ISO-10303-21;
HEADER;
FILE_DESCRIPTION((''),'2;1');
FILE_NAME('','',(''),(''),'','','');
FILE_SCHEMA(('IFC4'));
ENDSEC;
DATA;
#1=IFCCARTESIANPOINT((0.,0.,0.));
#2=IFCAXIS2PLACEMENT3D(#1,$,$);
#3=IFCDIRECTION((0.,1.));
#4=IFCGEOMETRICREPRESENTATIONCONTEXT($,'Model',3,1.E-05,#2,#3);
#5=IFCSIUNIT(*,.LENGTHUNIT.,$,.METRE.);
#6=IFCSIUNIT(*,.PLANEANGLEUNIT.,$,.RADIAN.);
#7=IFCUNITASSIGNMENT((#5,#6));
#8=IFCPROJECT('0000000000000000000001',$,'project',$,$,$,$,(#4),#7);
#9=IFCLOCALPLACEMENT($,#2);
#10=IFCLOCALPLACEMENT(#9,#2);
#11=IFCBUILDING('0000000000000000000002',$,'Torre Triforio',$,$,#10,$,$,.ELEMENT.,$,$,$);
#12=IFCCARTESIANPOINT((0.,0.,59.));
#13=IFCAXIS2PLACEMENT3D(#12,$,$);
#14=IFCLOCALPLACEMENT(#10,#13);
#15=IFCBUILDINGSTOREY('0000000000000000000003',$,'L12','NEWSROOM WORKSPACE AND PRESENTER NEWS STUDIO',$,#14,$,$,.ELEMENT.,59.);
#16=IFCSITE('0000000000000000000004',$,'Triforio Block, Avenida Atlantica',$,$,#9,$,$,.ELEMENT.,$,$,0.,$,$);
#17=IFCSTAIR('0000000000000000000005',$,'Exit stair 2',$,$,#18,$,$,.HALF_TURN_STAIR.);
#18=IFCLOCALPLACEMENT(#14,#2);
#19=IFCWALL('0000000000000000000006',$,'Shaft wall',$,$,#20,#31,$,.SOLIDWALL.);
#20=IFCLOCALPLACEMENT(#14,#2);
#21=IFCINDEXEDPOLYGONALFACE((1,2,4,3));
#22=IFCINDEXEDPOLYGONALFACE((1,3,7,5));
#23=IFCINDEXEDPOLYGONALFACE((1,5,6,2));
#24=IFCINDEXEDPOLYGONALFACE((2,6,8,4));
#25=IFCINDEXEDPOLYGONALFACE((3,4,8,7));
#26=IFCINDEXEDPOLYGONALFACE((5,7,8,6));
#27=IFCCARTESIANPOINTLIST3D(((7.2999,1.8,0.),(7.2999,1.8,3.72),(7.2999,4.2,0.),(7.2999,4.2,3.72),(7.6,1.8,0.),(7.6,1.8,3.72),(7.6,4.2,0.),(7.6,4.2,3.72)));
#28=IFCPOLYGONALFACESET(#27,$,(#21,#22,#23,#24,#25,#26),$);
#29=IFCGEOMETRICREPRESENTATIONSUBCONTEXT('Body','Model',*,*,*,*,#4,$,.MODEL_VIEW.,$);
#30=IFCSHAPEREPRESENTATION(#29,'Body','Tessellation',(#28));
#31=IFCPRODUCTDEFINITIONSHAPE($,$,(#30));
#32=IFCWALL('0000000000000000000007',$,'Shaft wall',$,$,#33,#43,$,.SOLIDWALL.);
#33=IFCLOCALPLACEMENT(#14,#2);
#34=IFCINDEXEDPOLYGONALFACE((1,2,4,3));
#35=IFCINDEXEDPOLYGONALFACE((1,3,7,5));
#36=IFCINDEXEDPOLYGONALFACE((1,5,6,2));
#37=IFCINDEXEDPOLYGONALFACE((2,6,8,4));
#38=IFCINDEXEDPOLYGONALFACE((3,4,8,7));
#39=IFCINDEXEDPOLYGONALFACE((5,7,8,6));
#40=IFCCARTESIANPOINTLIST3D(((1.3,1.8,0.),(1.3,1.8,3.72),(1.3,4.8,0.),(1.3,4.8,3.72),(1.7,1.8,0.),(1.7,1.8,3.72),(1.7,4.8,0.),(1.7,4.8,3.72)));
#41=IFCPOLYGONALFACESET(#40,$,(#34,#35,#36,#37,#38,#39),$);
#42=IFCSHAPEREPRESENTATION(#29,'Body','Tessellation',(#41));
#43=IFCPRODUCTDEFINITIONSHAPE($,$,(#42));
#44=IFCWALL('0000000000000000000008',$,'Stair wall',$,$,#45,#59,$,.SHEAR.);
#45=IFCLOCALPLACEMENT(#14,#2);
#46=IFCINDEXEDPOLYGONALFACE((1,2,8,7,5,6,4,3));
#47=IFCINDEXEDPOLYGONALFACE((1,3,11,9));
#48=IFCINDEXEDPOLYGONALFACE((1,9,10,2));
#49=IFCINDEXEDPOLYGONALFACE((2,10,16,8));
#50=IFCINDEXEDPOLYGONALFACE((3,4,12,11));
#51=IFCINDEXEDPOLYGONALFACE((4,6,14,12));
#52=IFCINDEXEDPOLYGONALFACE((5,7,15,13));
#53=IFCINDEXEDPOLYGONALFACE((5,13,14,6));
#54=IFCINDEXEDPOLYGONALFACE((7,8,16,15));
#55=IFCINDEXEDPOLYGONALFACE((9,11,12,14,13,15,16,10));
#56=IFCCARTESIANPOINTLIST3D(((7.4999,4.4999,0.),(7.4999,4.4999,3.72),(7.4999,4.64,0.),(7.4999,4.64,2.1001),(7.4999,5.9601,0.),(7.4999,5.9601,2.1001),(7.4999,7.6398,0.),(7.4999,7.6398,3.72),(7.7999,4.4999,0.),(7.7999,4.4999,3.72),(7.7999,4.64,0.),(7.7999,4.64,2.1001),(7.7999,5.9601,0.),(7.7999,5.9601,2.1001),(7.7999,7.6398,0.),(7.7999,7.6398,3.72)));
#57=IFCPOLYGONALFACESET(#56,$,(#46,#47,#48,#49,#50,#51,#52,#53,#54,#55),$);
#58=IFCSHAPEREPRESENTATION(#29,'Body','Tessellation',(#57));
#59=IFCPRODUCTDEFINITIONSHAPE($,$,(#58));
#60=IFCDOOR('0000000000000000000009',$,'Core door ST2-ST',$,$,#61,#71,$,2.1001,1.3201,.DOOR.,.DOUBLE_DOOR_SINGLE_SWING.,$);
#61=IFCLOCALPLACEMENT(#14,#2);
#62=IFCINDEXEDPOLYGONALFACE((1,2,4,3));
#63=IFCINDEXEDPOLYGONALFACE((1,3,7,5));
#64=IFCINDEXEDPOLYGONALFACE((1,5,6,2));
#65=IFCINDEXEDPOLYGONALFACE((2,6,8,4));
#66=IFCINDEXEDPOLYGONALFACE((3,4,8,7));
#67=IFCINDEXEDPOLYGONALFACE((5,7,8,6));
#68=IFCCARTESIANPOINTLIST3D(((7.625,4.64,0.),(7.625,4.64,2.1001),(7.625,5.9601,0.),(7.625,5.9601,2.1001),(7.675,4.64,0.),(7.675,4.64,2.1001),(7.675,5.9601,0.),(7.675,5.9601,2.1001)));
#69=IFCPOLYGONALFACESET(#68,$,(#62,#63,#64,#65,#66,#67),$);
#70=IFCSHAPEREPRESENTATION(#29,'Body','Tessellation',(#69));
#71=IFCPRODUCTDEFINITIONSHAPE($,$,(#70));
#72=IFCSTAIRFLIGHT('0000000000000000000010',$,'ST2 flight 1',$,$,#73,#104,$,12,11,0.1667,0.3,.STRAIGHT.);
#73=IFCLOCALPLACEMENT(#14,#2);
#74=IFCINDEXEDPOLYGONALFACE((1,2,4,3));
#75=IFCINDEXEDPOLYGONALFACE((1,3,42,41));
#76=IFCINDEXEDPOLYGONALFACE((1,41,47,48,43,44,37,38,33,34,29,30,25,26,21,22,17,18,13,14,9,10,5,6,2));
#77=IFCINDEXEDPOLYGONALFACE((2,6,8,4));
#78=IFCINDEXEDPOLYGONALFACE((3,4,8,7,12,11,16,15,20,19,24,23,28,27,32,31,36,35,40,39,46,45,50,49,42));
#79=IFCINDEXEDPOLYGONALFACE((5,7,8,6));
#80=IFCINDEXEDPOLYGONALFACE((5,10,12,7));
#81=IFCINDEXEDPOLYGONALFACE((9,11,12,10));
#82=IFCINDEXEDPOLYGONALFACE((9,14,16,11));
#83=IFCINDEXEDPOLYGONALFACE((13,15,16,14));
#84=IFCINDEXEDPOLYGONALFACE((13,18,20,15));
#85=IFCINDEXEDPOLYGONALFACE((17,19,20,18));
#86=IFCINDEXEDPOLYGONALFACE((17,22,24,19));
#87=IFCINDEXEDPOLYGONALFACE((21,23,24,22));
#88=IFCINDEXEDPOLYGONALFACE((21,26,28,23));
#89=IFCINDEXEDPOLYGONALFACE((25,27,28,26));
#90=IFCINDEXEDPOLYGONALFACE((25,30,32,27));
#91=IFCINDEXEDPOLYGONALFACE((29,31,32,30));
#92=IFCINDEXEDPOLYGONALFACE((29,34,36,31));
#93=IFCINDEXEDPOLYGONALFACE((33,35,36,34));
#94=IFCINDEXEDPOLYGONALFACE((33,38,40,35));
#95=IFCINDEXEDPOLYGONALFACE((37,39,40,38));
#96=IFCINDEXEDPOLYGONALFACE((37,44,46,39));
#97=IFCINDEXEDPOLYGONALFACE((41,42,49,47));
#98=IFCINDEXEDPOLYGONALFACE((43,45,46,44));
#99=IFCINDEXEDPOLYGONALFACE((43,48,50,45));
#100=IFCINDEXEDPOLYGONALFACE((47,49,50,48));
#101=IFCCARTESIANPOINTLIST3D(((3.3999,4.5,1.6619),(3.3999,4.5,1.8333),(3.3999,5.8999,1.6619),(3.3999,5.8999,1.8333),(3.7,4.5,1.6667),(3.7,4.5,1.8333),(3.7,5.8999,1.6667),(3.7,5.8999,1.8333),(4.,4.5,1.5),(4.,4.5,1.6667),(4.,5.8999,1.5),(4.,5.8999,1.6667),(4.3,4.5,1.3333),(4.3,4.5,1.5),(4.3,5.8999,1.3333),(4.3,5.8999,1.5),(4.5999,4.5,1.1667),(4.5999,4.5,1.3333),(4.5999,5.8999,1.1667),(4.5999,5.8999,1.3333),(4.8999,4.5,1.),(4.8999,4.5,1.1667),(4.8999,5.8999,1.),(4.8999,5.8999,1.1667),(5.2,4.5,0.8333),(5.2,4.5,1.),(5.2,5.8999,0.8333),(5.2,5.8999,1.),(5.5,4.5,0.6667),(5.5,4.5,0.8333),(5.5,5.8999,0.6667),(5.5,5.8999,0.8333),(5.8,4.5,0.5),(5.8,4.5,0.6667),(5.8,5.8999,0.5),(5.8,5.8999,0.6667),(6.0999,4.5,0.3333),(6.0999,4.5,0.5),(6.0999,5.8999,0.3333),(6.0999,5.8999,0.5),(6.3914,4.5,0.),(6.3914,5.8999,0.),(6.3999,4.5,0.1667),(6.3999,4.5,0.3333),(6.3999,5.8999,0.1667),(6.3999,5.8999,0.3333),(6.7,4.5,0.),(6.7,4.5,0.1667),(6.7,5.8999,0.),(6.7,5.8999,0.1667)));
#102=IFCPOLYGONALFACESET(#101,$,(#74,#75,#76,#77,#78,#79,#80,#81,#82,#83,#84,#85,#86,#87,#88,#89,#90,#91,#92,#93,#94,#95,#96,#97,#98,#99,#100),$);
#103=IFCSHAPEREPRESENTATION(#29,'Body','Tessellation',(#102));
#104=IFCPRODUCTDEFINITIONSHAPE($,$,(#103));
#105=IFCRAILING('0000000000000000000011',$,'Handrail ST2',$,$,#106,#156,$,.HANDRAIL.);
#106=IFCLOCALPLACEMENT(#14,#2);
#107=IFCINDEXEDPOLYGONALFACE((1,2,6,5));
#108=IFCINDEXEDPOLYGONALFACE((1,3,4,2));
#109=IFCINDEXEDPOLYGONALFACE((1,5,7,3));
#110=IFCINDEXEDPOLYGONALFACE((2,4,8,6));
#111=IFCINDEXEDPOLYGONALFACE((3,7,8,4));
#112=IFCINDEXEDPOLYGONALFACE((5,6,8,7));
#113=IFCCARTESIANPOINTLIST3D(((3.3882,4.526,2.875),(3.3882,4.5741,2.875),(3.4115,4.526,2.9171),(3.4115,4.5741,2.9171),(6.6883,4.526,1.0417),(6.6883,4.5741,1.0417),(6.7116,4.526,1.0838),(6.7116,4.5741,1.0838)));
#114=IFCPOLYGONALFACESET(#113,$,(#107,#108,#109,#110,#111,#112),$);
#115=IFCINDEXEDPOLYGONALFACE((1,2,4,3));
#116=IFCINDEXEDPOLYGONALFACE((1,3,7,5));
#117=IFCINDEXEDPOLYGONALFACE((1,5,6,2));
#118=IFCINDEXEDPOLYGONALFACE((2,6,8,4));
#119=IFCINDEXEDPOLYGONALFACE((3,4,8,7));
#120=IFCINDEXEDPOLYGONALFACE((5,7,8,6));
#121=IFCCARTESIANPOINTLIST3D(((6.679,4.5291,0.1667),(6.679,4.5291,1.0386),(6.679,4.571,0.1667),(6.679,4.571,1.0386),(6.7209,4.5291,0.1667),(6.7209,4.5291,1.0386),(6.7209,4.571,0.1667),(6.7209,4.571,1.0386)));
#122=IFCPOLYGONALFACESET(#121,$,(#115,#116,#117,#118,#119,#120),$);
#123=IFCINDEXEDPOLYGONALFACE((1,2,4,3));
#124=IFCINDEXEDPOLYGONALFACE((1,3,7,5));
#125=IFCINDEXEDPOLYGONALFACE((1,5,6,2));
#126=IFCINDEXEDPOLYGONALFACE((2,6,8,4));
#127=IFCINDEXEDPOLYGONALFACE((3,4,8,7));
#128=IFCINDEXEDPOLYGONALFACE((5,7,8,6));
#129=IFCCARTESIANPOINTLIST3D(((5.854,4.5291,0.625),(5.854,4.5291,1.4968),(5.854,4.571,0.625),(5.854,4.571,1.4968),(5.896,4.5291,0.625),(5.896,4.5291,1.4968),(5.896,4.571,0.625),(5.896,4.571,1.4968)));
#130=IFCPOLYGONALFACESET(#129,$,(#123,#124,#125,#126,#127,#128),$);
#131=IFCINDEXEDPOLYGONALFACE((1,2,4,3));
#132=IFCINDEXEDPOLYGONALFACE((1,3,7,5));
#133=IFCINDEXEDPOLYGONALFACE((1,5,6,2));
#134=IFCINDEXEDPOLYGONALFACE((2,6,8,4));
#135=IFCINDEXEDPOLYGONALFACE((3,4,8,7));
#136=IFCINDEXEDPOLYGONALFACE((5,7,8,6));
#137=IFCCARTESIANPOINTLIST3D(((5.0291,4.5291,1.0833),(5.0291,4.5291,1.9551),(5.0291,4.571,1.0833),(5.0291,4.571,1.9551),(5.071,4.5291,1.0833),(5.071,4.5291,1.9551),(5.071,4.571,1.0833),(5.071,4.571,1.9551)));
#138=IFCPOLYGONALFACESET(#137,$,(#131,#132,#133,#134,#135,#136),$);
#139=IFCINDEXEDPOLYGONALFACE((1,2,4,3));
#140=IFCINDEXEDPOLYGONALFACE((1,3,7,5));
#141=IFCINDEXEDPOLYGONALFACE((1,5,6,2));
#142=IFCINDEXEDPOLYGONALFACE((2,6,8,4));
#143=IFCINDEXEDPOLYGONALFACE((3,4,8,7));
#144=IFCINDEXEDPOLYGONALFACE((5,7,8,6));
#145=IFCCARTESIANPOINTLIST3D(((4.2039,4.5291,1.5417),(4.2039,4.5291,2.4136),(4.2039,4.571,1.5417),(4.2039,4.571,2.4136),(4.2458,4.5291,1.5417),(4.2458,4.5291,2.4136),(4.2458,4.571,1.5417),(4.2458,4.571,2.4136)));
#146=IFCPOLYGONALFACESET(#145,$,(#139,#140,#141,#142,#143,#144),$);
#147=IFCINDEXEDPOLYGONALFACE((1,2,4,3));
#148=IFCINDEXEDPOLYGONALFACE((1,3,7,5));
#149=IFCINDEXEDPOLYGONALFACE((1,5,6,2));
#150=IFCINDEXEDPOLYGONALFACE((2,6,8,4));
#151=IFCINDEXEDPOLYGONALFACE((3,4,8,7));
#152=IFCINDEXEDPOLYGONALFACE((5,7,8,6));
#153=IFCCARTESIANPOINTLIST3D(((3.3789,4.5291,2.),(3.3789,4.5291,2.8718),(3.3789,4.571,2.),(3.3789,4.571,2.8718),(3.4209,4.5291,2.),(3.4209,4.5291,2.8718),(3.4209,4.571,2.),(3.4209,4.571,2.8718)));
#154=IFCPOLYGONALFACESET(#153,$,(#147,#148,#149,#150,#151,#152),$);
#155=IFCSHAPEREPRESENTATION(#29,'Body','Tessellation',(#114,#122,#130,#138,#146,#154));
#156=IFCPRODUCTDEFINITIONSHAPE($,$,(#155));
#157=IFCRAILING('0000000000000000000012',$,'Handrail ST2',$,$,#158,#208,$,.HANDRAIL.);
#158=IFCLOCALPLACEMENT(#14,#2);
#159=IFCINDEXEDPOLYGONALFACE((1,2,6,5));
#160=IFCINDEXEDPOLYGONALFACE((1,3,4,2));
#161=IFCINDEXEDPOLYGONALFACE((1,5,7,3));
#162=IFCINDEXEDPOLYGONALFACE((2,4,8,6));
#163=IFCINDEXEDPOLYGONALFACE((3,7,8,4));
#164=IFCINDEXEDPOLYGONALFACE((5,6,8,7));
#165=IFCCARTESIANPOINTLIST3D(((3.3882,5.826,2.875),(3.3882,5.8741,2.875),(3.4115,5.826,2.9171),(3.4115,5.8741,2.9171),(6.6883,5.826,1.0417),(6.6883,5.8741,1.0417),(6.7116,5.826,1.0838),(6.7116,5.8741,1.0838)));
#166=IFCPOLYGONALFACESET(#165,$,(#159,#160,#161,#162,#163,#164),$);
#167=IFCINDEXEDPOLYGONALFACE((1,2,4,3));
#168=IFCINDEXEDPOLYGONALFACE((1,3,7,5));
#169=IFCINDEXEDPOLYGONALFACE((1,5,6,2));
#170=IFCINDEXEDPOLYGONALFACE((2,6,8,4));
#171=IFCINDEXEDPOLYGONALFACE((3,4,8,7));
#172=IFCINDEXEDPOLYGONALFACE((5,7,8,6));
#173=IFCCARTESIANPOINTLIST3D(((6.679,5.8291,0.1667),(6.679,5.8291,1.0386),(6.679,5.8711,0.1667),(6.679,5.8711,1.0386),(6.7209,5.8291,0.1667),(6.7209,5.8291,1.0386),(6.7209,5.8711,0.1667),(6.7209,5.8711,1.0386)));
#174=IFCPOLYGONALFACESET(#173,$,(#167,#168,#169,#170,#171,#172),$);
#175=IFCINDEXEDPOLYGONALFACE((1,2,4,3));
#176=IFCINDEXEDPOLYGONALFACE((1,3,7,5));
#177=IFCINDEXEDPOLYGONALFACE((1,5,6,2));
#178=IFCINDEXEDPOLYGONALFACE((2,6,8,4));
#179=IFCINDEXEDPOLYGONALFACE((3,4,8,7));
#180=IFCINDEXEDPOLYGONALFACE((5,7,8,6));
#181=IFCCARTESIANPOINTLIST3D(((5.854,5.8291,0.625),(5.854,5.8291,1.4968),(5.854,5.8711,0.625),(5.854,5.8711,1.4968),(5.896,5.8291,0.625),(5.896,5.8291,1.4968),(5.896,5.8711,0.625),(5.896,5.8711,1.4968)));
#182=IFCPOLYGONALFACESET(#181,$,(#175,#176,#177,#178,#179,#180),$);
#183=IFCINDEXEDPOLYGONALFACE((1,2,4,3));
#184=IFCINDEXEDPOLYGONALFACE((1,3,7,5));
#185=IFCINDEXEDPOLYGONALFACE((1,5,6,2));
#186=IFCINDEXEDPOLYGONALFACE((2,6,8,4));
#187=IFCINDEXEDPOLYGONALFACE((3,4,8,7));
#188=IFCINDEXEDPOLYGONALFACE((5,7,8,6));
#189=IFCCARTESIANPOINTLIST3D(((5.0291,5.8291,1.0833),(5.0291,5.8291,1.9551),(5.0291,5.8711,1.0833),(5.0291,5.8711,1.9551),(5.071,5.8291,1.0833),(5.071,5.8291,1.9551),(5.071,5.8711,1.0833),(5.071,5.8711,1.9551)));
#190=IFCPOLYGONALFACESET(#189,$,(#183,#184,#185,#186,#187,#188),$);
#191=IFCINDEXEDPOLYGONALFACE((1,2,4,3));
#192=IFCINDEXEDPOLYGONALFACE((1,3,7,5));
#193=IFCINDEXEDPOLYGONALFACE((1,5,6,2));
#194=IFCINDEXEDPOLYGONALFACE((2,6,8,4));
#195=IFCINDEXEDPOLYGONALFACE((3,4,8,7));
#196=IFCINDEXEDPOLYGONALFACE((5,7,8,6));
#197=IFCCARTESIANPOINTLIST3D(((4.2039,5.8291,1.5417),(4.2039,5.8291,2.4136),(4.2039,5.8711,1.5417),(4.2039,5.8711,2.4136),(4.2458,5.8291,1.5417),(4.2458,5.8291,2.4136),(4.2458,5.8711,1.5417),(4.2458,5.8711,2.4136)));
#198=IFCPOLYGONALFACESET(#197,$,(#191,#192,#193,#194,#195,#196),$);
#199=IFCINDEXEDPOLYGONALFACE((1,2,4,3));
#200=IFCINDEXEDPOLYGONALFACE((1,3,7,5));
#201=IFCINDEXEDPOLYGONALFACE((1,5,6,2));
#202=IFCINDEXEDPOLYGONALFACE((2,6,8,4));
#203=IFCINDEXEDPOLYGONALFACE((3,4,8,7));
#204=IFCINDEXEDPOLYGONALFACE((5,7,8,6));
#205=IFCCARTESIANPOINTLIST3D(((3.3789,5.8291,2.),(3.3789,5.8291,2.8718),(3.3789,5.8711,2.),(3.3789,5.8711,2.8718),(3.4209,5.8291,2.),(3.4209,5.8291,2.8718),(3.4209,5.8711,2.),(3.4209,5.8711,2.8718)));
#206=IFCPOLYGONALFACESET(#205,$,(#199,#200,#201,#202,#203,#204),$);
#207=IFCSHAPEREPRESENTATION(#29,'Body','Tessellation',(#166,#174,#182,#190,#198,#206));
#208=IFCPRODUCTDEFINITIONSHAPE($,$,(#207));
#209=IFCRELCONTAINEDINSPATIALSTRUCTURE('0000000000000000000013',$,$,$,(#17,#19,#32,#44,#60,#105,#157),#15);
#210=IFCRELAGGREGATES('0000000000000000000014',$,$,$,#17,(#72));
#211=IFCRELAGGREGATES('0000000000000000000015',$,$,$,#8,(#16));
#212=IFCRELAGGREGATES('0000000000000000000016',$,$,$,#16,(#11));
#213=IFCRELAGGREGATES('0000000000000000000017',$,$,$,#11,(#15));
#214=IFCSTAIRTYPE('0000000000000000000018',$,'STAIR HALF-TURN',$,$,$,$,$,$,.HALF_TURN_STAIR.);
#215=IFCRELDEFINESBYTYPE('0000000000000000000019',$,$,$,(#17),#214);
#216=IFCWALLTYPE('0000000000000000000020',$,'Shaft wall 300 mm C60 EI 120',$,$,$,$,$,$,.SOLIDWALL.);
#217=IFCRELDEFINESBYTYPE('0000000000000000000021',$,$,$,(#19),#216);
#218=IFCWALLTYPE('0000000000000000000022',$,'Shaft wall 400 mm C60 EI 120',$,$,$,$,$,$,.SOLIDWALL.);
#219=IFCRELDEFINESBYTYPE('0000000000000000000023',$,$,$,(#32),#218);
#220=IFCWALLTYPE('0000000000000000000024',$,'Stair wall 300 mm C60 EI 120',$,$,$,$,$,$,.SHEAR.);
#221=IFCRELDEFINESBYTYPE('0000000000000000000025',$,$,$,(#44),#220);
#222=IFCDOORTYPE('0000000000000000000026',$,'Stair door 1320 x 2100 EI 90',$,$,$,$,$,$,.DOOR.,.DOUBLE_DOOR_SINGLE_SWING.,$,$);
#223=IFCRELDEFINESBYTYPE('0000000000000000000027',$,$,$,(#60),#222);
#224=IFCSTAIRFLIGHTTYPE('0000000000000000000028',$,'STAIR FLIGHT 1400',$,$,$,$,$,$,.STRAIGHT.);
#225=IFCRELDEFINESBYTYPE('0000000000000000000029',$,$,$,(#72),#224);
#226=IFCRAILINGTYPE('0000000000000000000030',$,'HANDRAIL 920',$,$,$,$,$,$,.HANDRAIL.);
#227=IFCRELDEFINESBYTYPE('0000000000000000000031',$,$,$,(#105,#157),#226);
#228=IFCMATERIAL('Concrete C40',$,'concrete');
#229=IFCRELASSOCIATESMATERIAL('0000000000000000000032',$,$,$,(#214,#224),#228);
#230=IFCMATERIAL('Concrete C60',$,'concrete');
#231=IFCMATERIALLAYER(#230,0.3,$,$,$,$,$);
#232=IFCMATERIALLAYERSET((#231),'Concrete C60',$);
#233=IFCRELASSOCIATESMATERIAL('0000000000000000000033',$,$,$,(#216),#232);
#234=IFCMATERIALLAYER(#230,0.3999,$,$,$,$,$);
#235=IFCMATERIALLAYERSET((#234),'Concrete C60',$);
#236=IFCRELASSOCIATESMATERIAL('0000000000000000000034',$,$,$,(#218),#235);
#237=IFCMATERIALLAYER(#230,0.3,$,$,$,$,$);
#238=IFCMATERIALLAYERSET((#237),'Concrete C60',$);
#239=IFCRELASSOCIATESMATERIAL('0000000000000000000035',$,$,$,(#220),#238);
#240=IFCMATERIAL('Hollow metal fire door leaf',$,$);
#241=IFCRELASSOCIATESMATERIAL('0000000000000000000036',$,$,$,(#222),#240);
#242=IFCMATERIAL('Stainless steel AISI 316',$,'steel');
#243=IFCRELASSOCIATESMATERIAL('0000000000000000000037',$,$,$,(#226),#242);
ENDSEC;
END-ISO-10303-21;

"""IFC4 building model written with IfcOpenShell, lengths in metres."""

from ifc_helpers import new_model, si_unit, direction, frame, frame_2d, origin, origin_2d, place, context, subcontext, project, spatial, polyline, rectangle, outline, extrude, material, layer, layer_set, type_object, element, fill, aggregate, save


model = new_model("IFC4")

# Units and contexts
model_context = context("Model", 3, precision=1e-05, world=origin(), true_north=direction((0.0, 1.0)))
body_context = subcontext(model_context, "Body", "Model", "MODEL_VIEW")
ifc_project = project(units=[si_unit("LENGTHUNIT", "METRE"), si_unit("PLANEANGLEUNIT", "RADIAN")], contexts=[model_context])

# Site, building, storey
site_placement = place(None, origin())
site = spatial("IfcSite", under=ifc_project, at=site_placement, Name="Triforio Block, Avenida Atlantica", CompositionType="ELEMENT", RefElevation=0.0)
building_placement = place(site_placement, origin())
building = spatial("IfcBuilding", under=site, at=building_placement, Name="Torre Triforio", CompositionType="ELEMENT")
storey_placement = place(building_placement, frame((0.0, 0.0, 59.0)))
storey = spatial("IfcBuildingStorey", under=building, at=storey_placement, Name="L12", Description="NEWSROOM WORKSPACE AND PRESENTER NEWS STUDIO", CompositionType="ELEMENT", Elevation=59.0)

# Shared definitions
ifc_material_1 = material(Name="Concrete C60", Category="concrete")

# Stair
ifc_material_2 = material(Name="Concrete C40", Category="concrete")
stair_type = type_object("IfcStairType", Name="STAIR HALF-TURN", PredefinedType="HALF_TURN_STAIR", material=ifc_material_2)
stair_1_placement = place(storey_placement, origin())
stair_1 = element("IfcStair", 1, at=stair_1_placement, inside=storey, type_object=stair_type, Name="Exit stair 2", PredefinedType="HALF_TURN_STAIR")

# Walls
ifc_layer_1 = layer(ifc_material_1, 0.3)
ifc_layer_set_1 = layer_set([ifc_layer_1], Name="Concrete C60")
wall_type_1 = type_object("IfcWallType", Name="Shaft wall 300 mm C60 EI 120", PredefinedType="SOLIDWALL", material=ifc_layer_set_1)
for number, where, z_axis, x_axis, name in (
    (2, (7.45, 1.8, 0.0), (0.0, 0.0, 1.0), (0.0, 1.0, 0.0), "Shaft wall"),
):
    element("IfcWall", number, at=place(storey_placement, frame(where, z_axis=z_axis, x_axis=x_axis)), inside=storey, type_object=wall_type_1, Name=name, PredefinedType="SOLIDWALL", context=body_context, shape_type="SweptSolid", body=[
        extrude(rectangle(XDim=2.3999, YDim=0.3, at=frame_2d((1.2, 0.0))), origin(), (0.0, 0.0, 1.0), 3.72),
    ])
ifc_layer_2 = layer(ifc_material_1, 0.3999)
ifc_layer_set_2 = layer_set([ifc_layer_2], Name="Concrete C60")
wall_type_2 = type_object("IfcWallType", Name="Shaft wall 400 mm C60 EI 120", PredefinedType="SOLIDWALL", material=ifc_layer_set_2)
wall_1_placement = place(storey_placement, frame((1.5, 1.8, 0.0), z_axis=(0.0, 0.0, 1.0), x_axis=(0.0, 1.0, 0.0)))
element("IfcWall", 3, at=wall_1_placement, inside=storey, type_object=wall_type_2, Name="Shaft wall", PredefinedType="SOLIDWALL", context=body_context, shape_type="SweptSolid", body=[
    extrude(rectangle(XDim=3.0, YDim=0.3999, at=frame_2d((1.5, 0.0))), origin(), (0.0, 0.0, 1.0), 3.72),
])

# Wall, opening, door
ifc_layer_3 = layer(ifc_material_1, 0.3)
ifc_layer_set_3 = layer_set([ifc_layer_3], Name="Concrete C60")
wall_type_3 = type_object("IfcWallType", Name="Stair wall 300 mm C60 EI 120", PredefinedType="SHEAR", material=ifc_layer_set_3)
wall_2_placement = place(storey_placement, frame((7.6499, 4.5, 0.0), z_axis=(0.0, 0.0, 1.0), x_axis=(0.0, 1.0, 0.0)))
wall_2 = element("IfcWall", 4, at=wall_2_placement, inside=storey, type_object=wall_type_3, Name="Stair wall", PredefinedType="SHEAR", context=body_context, shape_type="SweptSolid", body=[
    extrude(rectangle(XDim=3.1399, YDim=0.3, at=frame_2d((1.5698, 0.0))), origin(), (0.0, 0.0, 1.0), 3.72),
])
opening_placement = place(wall_2_placement, frame((0.1399, 0.0, 0.0)))
opening = element("IfcOpeningElement", 5, at=opening_placement, cuts=wall_2, PredefinedType="OPENING", context=body_context, shape_type="SweptSolid", body=[
    extrude(rectangle(XDim=1.3201, YDim=2.1001, at=frame_2d((0.6602, 1.05))), frame((0.0, 0.1599, 0.0), z_axis=(0.0, -1.0, 0.0), x_axis=(1.0, 0.0, 0.0)), (0.0, 0.0, 1.0), 0.3201),
])
ifc_material_3 = material(Name="Hollow metal fire door leaf")
door_type = type_object("IfcDoorType", Name="Stair door 1320 x 2100 EI 90", OperationType="DOUBLE_DOOR_SINGLE_SWING", PredefinedType="DOOR", material=ifc_material_3)
door_placement = place(opening_placement, origin())
door = element("IfcDoor", 6, at=door_placement, inside=storey, type_object=door_type, Name="Core door ST2-ST", OperationType="DOUBLE_DOOR_SINGLE_SWING", OverallHeight=2.1001, OverallWidth=1.3201, PredefinedType="DOOR", context=body_context, shape_type="SweptSolid", body=[
    extrude(rectangle(XDim=1.3201, YDim=2.1001, at=frame_2d((0.6602, 1.05))), frame((0.0, 0.0249, 0.0), z_axis=(0.0, -1.0, 0.0), x_axis=(1.0, 0.0, 0.0)), (0.0, 0.0, 1.0), 0.05),
])
fill(opening, door)

# Stair flight
stair_flight_type = type_object("IfcStairFlightType", Name="STAIR FLIGHT 1400", PredefinedType="STRAIGHT", material=ifc_material_2)
stair_flight_placement = place(storey_placement, frame((6.7, 5.2, 0.0), z_axis=(0.0, 0.0, 1.0), x_axis=(-1.0, 0.0, 0.0)))
stair_flight = element("IfcStairFlight", 7, at=stair_flight_placement, type_object=stair_flight_type, Name="ST2 flight 1", NumberOfRisers=12, NumberOfTreads=11, PredefinedType="STRAIGHT", RiserHeight=0.1667, TreadLength=0.3, context=body_context, shape_type="SweptSolid", body=[
    extrude(outline(polyline([(0.0, 0.0), (0.0, 0.1667), (0.3, 0.1667), (0.3, 0.3333), (0.6001, 0.3333), (0.6001, 0.5), (0.8999, 0.5), (0.8999, 0.6667), (1.2, 0.6667), (1.2, 0.8333), (1.5, 0.8333), (1.5, 1.0), (1.8, 1.0), (1.8, 1.1667), (2.1001, 1.1667), (2.1001, 1.3333), (2.3999, 1.3333), (2.3999, 1.5), (2.7, 1.5), (2.7, 1.6667), (3.0, 1.6667), (3.0, 1.8333), (3.3, 1.8333), (3.3, 2.0), (3.3, 1.6619), (0.3086, 0.0), (0.0, 0.0)])), frame((0.0, 0.7, 0.0), z_axis=(0.0, -1.0, 0.0), x_axis=(1.0, 0.0, 0.0)), (0.0, 0.0, 1.0), 1.3999),
])
aggregate(stair_1, [stair_flight])

# Railings
ifc_material_4 = material(Name="Stainless steel AISI 316", Category="steel")
railing_type = type_object("IfcRailingType", Name="HANDRAIL 920", PredefinedType="HANDRAIL", material=ifc_material_4)
for number, where, name in (
    (8, (6.7, 4.55, 0.1667), "Handrail ST2"),
    (9, (6.7, 5.8501, 0.1667), "Handrail ST2"),
):
    element("IfcRailing", number, at=place(storey_placement, frame(where)), inside=storey, type_object=railing_type, Name=name, PredefinedType="HANDRAIL", context=body_context, shape_type="SweptSolid", body=[
        extrude(rectangle(XDim=0.0481, YDim=0.0481, at=origin_2d()), frame((0.0, 0.0, 0.896), z_axis=(-0.874169, 0.0, 0.485621), x_axis=(0.0, -1.0, 0.0)), (0.0, 0.0, 1.0), 3.7751),
        extrude(rectangle(XDim=0.042, YDim=0.042, at=origin_2d()), origin(), (0.0, 0.0, 1.0), 0.8718),
        extrude(rectangle(XDim=0.042, YDim=0.042, at=origin_2d()), frame((-0.825, 0.0, 0.4583)), (0.0, 0.0, 1.0), 0.8718),
        extrude(rectangle(XDim=0.042, YDim=0.042, at=origin_2d()), frame((-1.6499, 0.0, 0.9165)), (0.0, 0.0, 1.0), 0.8718),
        extrude(rectangle(XDim=0.042, YDim=0.042, at=origin_2d()), frame((-2.4751, 0.0, 1.375)), (0.0, 0.0, 1.0), 0.8718),
        extrude(rectangle(XDim=0.042, YDim=0.042, at=origin_2d()), frame((-3.3, 0.0, 1.8333)), (0.0, 0.0, 1.0), 0.8718),
    ])

save(model, "model.ifc")
